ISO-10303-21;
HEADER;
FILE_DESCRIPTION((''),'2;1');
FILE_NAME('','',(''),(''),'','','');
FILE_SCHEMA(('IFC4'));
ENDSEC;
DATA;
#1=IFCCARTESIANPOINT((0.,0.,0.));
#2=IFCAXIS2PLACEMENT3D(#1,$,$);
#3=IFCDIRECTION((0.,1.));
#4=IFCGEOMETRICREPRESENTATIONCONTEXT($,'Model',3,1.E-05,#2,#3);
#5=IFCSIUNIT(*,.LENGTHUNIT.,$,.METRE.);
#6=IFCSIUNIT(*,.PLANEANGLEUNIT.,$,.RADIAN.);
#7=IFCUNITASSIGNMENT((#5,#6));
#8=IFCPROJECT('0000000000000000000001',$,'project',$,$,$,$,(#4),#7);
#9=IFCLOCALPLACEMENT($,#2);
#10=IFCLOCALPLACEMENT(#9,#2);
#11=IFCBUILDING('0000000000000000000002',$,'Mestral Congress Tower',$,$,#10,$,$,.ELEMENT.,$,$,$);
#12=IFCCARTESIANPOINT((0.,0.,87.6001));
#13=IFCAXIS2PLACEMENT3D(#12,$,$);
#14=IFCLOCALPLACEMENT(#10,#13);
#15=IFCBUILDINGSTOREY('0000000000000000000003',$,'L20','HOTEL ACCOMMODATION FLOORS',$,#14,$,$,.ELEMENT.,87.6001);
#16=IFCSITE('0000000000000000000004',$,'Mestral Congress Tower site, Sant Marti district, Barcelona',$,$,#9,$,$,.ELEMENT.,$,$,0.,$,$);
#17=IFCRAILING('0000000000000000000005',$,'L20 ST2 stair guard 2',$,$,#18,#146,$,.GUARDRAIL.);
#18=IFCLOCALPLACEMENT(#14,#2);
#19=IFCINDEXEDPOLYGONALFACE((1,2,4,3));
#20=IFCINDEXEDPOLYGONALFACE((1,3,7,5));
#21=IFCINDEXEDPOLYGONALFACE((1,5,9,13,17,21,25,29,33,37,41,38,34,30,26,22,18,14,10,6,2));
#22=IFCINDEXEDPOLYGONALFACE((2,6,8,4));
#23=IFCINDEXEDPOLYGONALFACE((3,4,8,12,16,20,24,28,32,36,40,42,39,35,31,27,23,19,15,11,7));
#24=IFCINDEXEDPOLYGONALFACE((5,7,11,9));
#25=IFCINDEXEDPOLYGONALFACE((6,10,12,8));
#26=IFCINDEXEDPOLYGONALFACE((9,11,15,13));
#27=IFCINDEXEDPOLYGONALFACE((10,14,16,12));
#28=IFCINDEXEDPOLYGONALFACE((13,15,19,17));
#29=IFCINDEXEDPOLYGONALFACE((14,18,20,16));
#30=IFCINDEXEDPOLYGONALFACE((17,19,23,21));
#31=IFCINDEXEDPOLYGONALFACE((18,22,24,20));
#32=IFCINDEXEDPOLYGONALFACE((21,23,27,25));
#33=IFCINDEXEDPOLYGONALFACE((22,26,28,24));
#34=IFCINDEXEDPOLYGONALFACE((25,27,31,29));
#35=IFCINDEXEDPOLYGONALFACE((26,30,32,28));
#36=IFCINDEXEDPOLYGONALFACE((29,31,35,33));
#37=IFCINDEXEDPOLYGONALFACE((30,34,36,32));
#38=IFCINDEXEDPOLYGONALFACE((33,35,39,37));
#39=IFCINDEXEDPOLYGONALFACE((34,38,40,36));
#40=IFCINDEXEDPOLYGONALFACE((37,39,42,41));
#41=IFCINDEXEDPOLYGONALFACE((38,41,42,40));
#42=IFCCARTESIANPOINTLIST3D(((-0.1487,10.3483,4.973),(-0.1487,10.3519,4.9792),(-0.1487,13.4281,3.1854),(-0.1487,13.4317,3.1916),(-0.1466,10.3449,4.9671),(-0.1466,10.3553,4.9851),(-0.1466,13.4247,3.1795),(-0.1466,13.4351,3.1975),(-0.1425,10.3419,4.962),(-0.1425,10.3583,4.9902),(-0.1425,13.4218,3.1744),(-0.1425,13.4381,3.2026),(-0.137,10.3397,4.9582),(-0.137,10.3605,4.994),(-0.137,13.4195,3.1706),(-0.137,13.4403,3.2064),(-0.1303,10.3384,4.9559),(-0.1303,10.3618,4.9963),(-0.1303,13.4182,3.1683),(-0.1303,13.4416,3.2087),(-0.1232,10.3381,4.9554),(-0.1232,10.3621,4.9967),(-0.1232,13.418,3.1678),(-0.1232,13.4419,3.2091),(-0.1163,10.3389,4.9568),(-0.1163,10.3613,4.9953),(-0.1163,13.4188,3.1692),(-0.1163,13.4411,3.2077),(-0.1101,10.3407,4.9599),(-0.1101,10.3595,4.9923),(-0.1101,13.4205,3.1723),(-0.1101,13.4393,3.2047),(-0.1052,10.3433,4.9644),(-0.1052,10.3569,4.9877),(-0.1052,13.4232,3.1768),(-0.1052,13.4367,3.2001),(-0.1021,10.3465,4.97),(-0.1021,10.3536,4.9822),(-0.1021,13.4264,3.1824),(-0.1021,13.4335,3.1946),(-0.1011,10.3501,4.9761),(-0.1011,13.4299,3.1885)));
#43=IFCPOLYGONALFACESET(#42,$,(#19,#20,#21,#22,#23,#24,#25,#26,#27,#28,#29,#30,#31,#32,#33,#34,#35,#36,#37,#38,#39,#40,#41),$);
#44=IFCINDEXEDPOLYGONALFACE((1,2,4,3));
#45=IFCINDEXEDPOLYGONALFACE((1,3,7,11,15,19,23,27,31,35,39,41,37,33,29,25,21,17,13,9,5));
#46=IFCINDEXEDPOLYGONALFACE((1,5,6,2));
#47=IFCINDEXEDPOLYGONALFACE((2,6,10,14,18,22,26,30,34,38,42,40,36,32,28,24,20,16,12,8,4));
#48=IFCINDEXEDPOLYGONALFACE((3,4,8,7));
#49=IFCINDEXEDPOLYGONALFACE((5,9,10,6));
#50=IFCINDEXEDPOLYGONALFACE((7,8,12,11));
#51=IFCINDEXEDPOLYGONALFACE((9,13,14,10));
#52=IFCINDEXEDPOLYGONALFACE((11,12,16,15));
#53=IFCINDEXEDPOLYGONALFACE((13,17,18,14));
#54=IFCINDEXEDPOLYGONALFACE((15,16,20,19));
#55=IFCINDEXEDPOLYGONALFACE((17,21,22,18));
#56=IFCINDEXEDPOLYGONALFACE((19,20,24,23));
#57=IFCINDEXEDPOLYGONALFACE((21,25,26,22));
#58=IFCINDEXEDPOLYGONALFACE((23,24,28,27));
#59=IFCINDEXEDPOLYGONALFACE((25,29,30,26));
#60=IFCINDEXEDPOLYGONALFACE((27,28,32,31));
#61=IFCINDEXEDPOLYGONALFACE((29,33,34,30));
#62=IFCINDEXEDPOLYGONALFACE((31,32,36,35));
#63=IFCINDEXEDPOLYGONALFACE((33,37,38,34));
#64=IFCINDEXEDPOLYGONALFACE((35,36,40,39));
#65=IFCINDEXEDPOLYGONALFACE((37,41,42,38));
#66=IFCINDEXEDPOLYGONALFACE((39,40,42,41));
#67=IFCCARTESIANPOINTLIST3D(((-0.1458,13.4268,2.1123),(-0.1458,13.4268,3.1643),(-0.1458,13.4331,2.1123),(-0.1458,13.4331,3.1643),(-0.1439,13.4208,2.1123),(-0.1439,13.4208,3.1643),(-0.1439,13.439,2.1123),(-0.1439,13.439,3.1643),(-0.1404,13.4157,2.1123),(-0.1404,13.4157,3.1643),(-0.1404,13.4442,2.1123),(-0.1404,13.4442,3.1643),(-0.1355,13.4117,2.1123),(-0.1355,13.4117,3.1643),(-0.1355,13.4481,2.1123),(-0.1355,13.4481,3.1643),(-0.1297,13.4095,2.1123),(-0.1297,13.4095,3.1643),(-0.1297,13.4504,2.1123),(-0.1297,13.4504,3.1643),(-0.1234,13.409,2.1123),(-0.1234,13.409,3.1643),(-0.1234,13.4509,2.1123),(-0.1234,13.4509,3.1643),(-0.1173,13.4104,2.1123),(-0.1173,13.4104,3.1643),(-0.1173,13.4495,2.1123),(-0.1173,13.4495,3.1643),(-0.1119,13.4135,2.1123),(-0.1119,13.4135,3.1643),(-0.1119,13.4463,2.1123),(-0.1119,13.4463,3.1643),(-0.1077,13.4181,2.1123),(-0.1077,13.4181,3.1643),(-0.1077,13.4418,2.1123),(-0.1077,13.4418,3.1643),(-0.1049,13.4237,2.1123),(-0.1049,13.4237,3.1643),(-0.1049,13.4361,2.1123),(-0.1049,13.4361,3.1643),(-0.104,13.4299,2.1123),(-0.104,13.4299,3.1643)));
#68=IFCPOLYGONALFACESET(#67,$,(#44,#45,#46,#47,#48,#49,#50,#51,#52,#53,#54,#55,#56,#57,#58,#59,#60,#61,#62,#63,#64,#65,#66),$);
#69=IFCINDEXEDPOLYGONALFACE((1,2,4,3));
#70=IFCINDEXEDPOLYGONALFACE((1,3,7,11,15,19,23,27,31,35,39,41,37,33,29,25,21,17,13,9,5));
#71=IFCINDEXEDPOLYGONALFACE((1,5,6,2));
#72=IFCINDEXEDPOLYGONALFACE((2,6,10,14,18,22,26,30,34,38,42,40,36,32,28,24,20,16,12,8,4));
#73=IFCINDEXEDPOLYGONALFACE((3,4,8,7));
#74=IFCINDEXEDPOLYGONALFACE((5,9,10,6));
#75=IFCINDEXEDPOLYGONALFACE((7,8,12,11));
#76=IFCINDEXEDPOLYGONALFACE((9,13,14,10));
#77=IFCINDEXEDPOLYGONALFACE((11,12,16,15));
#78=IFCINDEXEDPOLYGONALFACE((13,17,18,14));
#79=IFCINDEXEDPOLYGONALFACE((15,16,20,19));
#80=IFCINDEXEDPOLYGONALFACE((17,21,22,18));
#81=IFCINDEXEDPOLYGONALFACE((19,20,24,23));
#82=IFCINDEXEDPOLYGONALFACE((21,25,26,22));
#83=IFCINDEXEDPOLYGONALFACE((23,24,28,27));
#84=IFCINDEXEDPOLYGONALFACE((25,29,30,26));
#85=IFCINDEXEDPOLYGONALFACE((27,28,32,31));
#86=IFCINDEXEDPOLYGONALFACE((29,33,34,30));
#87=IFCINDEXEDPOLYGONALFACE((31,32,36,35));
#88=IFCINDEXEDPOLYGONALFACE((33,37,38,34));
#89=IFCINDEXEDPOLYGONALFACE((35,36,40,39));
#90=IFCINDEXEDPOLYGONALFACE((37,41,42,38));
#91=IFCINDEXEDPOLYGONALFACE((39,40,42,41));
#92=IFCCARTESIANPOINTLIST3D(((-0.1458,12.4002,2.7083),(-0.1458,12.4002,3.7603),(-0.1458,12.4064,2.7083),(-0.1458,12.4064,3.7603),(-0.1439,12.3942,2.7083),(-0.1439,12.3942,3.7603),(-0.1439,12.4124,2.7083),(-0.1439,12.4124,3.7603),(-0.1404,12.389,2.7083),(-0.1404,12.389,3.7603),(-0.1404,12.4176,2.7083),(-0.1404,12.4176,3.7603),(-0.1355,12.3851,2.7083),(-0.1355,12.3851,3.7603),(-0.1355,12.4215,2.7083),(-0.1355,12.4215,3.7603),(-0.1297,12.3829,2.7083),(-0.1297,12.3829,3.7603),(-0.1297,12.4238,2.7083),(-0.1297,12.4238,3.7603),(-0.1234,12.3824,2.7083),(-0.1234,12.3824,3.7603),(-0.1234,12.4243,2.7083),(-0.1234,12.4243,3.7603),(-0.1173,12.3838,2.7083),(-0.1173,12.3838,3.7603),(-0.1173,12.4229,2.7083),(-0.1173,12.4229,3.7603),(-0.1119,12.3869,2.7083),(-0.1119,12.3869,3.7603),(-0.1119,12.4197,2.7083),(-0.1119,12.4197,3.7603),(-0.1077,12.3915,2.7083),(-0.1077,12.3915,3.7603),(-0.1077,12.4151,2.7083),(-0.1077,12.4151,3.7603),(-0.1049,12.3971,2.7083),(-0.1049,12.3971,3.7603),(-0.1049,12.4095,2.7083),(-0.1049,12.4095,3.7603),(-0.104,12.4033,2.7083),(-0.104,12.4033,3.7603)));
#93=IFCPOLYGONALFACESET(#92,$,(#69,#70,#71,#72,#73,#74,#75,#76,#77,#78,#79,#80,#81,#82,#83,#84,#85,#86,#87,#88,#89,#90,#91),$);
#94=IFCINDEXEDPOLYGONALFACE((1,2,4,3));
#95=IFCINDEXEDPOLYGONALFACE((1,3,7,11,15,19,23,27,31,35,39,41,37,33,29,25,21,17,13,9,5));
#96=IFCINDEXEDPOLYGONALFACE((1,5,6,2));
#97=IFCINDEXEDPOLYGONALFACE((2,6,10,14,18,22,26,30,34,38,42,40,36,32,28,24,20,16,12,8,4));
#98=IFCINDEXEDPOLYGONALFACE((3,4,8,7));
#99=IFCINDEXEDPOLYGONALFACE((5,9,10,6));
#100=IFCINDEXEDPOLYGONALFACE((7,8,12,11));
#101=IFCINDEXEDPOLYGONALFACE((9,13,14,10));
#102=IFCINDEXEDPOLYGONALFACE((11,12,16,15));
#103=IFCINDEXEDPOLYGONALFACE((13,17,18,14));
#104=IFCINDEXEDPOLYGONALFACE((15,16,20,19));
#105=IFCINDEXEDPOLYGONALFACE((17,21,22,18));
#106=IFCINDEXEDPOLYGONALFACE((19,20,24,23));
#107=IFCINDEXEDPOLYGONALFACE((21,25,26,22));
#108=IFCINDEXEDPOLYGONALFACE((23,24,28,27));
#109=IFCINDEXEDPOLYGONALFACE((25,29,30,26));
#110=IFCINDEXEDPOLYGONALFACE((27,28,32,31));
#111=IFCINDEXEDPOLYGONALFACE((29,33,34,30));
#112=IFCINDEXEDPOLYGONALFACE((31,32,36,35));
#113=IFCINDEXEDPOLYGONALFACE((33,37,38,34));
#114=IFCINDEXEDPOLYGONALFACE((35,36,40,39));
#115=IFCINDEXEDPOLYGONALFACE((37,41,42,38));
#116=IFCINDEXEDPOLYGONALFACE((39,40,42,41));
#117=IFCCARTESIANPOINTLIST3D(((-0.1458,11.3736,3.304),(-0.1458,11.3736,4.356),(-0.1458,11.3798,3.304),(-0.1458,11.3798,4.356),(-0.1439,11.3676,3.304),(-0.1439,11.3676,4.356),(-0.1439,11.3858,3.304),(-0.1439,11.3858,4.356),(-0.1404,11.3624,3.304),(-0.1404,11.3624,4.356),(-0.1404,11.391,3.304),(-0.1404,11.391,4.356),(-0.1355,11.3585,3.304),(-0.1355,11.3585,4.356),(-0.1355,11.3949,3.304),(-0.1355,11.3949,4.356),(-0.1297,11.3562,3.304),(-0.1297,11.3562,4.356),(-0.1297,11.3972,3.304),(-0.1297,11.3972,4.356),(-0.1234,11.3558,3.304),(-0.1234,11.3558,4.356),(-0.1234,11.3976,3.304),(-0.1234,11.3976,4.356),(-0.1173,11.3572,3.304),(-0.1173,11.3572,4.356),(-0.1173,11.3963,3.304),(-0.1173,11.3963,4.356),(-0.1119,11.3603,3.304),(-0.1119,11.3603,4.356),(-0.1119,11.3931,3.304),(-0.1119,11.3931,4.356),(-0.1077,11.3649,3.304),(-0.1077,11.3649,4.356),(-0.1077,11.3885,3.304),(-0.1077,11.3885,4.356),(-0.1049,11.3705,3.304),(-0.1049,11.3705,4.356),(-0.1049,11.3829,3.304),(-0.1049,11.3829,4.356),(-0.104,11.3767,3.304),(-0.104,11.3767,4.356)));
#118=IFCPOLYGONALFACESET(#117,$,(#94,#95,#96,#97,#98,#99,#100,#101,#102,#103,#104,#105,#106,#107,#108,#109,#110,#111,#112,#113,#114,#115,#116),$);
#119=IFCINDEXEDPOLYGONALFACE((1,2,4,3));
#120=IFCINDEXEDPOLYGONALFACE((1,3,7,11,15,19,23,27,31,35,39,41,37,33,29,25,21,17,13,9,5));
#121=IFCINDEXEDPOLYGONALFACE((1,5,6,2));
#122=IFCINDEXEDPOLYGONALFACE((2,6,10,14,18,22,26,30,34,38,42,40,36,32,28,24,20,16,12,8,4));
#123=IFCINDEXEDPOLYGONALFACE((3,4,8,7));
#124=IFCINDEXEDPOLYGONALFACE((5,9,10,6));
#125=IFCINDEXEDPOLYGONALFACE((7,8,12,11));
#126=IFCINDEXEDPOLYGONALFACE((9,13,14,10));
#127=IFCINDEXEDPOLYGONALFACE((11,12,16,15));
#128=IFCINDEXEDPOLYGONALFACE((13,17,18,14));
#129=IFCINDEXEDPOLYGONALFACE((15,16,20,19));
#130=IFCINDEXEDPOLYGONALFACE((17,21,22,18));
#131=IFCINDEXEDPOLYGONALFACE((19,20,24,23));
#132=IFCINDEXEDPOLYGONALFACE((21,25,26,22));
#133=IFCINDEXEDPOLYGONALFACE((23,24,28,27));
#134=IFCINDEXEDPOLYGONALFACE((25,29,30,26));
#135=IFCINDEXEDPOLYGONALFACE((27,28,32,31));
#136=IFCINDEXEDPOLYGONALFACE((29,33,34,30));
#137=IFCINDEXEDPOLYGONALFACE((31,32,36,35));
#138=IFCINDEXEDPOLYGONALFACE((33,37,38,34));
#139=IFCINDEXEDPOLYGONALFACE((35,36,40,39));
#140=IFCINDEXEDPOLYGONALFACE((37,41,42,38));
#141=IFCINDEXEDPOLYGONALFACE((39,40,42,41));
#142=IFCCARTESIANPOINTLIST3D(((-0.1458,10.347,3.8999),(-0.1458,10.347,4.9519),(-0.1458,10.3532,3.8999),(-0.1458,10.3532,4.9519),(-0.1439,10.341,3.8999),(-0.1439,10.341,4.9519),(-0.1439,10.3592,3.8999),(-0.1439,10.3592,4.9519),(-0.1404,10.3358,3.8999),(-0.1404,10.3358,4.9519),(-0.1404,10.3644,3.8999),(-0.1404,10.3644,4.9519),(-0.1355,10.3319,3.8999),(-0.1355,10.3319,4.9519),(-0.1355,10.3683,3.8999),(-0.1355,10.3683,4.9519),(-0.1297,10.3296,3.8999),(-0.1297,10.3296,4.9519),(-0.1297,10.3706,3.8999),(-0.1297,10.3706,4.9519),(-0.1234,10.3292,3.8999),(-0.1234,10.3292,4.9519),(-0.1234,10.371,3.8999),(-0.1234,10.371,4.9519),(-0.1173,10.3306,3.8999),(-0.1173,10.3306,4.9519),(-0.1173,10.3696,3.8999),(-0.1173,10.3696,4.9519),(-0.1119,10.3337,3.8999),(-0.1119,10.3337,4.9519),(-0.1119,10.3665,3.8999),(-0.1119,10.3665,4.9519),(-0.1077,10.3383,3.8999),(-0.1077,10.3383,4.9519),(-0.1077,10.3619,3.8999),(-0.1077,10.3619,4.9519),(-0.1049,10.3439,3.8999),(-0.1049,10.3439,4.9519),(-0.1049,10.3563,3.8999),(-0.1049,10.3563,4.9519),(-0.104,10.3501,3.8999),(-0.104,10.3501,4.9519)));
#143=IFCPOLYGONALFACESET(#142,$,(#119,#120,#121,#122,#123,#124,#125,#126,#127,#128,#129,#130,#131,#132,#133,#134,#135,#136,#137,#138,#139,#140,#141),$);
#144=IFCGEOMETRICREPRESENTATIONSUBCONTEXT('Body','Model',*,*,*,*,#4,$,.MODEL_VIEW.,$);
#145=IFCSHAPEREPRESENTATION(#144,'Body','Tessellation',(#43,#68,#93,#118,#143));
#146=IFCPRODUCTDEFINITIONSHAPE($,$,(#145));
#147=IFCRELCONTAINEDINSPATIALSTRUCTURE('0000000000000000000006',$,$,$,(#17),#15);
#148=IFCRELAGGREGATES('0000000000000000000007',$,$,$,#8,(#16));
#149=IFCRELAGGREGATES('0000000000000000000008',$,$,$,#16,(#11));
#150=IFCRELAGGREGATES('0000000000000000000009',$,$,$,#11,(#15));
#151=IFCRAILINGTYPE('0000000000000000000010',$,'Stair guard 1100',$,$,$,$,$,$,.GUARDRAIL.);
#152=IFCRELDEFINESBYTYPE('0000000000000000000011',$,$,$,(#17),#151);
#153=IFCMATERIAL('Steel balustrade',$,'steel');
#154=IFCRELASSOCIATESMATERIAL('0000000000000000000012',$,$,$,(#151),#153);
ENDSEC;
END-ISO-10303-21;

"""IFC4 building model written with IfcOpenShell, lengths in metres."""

from ifc_helpers import new_model, si_unit, direction, frame, origin, origin_2d, place, context, subcontext, project, spatial, circle, extrude, material, type_object, element, save


model = new_model("IFC4")

# Units and contexts
model_context = context("Model", 3, precision=1e-05, world=origin(), true_north=direction((0.0, 1.0)))
body_context = subcontext(model_context, "Body", "Model", "MODEL_VIEW")
ifc_project = project(units=[si_unit("LENGTHUNIT", "METRE"), si_unit("PLANEANGLEUNIT", "RADIAN")], contexts=[model_context])

# Site, building, storey
site_placement = place(None, origin())
site = spatial("IfcSite", under=ifc_project, at=site_placement, Name="Mestral Congress Tower site, Sant Marti district, Barcelona", CompositionType="ELEMENT", RefElevation=0.0)
building_placement = place(site_placement, origin())
building = spatial("IfcBuilding", under=site, at=building_placement, Name="Mestral Congress Tower", CompositionType="ELEMENT")
storey_placement = place(building_placement, frame((0.0, 0.0, 87.6001)))
storey = spatial("IfcBuildingStorey", under=building, at=storey_placement, Name="L20", Description="HOTEL ACCOMMODATION FLOORS", CompositionType="ELEMENT", Elevation=87.6001)

# Railing
ifc_material_1 = material(Name="Steel balustrade", Category="steel")
railing_type = type_object("IfcRailingType", Name="Stair guard 1100", PredefinedType="GUARDRAIL", material=ifc_material_1)
railing_placement = place(storey_placement, frame((-0.125, 13.4299, 2.1123)))
element("IfcRailing", 1, at=railing_placement, inside=storey, type_object=railing_type, Name="L20 ST2 stair guard 2", PredefinedType="GUARDRAIL", context=body_context, shape_type="SweptSolid", body=[
    extrude(circle(Radius=0.0239, at=origin_2d()), frame((0.0, 0.0, 1.0762), z_axis=(0.0, -0.864873, 0.50199), x_axis=(1.0, 0.0, 0.0)), (0.0, 0.0, 1.0), 3.561),
    extrude(circle(Radius=0.021, at=origin_2d()), origin(), (0.0, 0.0, 1.0), 1.052),
    extrude(circle(Radius=0.021, at=origin_2d()), frame((0.0, -1.0266, 0.5959)), (0.0, 0.0, 1.0), 1.052),
    extrude(circle(Radius=0.021, at=origin_2d()), frame((0.0, -2.0532, 1.1917)), (0.0, 0.0, 1.0), 1.052),
    extrude(circle(Radius=0.021, at=origin_2d()), frame((0.0, -3.0798, 1.7876)), (0.0, 0.0, 1.0), 1.052),
])

save(model, "model.ifc")
